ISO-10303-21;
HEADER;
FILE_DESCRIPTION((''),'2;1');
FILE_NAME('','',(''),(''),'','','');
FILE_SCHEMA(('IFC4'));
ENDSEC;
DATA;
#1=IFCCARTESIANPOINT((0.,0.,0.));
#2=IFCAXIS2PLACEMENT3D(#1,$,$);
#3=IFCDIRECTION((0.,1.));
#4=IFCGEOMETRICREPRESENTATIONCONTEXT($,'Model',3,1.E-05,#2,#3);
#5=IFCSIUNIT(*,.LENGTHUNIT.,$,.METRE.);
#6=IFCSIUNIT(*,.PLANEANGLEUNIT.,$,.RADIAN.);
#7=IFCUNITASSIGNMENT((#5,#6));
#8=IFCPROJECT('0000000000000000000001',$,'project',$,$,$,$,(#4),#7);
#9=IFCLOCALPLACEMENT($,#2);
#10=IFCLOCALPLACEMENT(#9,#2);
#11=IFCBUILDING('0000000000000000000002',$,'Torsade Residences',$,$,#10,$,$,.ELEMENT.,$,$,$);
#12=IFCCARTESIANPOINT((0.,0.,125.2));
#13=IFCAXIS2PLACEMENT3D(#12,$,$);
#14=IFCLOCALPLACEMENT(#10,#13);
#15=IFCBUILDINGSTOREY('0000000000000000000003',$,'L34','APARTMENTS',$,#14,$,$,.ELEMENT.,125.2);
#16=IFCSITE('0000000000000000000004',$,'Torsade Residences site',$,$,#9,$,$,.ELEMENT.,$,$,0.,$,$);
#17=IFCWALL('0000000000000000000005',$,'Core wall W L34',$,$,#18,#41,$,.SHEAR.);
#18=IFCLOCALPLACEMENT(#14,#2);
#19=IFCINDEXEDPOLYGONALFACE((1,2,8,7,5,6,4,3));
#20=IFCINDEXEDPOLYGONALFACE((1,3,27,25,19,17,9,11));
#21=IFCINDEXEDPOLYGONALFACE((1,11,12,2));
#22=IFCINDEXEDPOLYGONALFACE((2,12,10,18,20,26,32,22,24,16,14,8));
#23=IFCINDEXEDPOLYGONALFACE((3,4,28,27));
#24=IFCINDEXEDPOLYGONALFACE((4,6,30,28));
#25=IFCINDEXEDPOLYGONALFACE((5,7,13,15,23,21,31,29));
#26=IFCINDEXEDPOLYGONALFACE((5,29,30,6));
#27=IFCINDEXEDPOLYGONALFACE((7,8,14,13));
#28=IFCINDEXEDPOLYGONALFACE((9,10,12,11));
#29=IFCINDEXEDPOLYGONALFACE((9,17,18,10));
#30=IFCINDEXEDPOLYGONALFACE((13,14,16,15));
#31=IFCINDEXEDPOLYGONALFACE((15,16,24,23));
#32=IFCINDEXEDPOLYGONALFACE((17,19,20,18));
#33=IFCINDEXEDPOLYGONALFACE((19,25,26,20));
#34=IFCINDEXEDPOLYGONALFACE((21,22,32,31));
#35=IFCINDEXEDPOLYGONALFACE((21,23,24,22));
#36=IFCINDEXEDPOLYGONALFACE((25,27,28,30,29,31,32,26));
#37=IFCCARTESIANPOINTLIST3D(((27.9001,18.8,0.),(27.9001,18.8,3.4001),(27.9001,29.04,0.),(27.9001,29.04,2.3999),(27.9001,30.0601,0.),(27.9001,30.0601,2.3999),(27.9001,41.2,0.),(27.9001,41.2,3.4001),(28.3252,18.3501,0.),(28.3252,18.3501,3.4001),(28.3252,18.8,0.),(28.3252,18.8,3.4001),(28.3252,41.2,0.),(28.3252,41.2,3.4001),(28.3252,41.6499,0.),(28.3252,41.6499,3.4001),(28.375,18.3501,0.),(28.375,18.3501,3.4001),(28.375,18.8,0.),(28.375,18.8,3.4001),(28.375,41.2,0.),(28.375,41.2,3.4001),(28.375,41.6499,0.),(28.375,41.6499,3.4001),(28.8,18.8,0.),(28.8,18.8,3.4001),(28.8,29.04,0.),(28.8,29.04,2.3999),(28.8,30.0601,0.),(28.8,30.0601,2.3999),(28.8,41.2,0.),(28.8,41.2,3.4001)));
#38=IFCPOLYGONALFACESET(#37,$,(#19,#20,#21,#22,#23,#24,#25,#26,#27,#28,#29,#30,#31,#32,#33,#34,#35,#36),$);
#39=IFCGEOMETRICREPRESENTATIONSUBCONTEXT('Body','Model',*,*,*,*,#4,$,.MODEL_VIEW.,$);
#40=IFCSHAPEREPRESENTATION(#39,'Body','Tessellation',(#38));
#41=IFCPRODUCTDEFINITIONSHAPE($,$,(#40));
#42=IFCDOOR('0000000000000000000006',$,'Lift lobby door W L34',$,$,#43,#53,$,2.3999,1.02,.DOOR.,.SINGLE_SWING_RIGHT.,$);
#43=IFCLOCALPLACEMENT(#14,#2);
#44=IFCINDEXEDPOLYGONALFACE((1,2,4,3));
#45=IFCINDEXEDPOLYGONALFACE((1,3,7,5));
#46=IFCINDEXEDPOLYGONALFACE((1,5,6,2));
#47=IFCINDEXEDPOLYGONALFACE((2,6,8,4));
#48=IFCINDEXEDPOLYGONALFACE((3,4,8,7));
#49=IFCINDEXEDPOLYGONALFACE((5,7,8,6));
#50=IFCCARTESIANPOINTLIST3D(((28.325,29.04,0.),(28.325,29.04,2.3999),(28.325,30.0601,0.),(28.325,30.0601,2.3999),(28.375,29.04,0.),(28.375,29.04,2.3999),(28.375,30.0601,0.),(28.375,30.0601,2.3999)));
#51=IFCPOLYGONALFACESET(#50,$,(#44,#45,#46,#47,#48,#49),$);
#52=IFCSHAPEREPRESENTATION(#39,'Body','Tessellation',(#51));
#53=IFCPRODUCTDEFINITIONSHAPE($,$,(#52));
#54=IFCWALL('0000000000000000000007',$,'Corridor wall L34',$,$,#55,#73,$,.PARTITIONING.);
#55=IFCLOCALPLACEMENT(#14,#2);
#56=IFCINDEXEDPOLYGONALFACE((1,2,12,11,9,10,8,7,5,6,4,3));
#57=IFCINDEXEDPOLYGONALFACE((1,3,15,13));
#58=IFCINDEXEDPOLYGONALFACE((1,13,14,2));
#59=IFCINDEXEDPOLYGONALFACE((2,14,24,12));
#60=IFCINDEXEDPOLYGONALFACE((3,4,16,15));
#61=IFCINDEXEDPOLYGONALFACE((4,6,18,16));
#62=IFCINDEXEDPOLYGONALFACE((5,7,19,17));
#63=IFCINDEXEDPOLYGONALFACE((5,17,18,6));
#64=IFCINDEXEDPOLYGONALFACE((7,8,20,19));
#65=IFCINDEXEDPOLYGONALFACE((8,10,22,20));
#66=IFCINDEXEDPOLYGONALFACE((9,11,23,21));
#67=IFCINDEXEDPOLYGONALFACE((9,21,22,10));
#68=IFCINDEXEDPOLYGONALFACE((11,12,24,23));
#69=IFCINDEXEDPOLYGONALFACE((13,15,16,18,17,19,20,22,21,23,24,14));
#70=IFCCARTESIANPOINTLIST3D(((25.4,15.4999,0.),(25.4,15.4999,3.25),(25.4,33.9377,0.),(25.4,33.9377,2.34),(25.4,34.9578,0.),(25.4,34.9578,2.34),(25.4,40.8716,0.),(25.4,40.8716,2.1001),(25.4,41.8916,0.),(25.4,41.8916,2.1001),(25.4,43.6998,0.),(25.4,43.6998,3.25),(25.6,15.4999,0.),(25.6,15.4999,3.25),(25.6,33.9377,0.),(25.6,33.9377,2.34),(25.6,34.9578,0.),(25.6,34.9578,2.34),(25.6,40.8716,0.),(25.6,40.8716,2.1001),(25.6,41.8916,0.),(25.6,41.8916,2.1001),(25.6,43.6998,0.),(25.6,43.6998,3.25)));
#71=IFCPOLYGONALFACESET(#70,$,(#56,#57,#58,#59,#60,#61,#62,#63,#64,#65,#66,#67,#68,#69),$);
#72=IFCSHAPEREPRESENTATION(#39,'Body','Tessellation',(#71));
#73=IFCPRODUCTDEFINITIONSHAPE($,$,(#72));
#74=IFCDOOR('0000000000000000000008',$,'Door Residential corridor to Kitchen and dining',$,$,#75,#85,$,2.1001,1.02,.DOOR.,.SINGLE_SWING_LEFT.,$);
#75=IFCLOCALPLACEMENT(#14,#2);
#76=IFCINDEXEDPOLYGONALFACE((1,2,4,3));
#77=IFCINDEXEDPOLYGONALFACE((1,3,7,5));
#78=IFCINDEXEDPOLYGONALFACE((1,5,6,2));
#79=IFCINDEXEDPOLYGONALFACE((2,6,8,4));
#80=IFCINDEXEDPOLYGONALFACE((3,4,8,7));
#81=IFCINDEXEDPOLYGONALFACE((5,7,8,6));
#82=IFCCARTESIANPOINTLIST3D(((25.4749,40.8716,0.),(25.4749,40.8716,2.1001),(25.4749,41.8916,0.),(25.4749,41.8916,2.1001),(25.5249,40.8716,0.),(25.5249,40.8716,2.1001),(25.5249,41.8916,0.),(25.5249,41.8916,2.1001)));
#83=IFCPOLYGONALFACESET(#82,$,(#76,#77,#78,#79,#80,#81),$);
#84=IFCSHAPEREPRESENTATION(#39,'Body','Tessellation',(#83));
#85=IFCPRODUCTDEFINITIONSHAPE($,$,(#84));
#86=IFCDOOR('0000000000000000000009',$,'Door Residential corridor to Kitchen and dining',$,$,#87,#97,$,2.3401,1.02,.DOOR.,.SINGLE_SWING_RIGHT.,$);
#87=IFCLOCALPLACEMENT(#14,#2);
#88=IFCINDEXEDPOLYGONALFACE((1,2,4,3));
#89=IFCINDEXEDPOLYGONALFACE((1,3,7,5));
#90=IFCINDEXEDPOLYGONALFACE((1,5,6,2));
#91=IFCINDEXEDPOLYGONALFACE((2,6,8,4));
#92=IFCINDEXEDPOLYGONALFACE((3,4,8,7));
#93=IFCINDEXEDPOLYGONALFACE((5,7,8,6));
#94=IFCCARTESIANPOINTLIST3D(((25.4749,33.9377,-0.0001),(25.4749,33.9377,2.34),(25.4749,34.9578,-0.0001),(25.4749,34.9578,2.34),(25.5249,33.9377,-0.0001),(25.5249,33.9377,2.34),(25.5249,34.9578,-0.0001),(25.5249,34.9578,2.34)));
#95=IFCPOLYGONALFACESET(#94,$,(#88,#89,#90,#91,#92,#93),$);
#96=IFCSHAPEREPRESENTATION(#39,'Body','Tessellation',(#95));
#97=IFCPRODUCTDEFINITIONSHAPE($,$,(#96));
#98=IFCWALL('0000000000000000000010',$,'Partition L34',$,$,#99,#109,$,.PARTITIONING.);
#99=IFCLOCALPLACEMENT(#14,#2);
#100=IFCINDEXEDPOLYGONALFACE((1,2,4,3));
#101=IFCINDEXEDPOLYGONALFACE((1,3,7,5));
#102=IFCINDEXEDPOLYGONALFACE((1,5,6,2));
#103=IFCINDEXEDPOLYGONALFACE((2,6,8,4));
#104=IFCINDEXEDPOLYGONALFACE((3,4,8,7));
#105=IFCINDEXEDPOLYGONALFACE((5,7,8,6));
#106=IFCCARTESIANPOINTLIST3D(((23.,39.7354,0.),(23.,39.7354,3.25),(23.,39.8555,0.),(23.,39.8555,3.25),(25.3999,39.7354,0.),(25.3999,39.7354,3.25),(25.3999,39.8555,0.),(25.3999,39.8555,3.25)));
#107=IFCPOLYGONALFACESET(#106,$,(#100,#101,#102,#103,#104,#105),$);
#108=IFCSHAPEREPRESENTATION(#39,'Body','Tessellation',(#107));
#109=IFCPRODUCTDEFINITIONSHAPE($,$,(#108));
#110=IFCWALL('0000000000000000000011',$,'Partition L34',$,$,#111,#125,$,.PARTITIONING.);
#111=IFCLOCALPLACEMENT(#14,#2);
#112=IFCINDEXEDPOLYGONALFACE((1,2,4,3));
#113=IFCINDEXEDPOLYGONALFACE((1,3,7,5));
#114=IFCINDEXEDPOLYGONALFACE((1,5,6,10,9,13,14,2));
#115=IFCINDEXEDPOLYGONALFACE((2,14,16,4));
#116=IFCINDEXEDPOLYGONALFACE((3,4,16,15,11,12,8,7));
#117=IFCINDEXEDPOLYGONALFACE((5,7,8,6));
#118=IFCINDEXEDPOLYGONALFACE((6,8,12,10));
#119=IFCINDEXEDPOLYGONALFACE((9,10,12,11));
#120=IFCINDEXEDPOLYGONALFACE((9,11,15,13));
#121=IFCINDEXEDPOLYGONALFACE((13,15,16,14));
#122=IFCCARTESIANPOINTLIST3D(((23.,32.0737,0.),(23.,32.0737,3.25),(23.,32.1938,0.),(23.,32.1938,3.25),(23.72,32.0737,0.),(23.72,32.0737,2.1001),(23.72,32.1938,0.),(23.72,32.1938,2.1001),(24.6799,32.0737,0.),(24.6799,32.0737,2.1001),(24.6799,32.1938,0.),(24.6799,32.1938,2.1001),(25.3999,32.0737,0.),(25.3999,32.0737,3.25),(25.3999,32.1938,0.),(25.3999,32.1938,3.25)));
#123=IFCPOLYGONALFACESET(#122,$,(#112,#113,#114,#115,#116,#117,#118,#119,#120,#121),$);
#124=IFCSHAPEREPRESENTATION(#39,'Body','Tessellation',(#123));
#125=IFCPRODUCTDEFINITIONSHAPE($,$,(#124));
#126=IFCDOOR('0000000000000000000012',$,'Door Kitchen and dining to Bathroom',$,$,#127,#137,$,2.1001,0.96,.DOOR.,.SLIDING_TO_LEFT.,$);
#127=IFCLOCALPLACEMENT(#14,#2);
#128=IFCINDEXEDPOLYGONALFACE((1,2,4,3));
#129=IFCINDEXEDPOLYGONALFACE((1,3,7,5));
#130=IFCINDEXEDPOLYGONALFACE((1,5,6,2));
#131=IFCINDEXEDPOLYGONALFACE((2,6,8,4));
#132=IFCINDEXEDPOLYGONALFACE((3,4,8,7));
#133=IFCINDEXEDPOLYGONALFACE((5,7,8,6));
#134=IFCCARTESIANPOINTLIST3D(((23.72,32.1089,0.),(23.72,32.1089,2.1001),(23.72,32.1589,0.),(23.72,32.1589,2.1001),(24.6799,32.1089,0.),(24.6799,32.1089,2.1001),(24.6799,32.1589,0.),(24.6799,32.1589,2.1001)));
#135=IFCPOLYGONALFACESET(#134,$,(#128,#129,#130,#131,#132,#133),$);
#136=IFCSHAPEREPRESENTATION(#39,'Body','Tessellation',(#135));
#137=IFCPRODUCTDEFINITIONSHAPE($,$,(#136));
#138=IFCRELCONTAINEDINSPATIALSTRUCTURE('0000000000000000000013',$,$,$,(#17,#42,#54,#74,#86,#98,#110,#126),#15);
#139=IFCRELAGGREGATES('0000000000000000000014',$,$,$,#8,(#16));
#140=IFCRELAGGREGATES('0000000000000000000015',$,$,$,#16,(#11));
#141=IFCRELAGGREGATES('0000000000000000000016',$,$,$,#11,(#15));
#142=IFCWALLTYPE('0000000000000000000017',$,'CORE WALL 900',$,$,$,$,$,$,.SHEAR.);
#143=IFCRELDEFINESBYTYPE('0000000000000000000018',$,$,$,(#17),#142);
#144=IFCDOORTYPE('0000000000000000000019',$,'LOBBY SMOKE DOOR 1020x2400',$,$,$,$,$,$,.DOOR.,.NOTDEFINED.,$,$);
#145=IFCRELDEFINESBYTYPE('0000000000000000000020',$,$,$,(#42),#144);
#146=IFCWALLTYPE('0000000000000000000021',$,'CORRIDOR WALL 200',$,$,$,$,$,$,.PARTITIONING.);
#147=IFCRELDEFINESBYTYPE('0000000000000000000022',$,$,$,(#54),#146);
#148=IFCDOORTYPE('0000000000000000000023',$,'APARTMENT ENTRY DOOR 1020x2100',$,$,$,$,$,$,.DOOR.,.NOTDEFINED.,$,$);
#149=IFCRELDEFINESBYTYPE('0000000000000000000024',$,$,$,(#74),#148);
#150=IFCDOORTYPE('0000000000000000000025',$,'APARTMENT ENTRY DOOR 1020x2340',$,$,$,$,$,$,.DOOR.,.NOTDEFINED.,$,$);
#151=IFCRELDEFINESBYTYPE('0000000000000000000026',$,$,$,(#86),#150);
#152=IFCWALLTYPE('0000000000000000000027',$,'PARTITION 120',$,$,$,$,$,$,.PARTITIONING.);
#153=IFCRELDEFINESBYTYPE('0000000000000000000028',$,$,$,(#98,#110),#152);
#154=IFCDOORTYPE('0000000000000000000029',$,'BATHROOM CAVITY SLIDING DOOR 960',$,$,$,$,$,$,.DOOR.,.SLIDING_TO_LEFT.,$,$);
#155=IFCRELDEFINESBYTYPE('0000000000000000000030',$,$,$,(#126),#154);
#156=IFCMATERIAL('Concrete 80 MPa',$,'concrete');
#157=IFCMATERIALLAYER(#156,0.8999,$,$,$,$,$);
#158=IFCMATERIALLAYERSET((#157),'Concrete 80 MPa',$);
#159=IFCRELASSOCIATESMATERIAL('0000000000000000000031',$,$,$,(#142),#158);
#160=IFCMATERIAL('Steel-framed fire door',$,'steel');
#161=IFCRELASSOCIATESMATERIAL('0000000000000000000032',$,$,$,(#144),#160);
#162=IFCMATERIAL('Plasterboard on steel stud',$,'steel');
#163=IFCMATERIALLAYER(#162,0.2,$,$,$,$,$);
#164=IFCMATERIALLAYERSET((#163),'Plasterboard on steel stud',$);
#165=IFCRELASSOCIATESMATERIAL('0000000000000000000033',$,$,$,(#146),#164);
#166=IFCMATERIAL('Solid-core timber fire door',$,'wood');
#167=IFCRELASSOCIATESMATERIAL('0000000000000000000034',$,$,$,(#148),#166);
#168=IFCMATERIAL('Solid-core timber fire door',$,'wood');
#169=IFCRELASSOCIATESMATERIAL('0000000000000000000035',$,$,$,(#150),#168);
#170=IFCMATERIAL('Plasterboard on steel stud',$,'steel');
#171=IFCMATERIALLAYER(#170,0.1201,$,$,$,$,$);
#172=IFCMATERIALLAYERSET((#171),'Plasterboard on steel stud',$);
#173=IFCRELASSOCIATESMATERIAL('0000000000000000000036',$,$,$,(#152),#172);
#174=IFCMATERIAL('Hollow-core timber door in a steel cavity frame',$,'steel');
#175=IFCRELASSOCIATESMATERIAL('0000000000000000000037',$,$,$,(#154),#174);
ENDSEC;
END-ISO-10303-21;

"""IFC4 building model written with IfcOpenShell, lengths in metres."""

from ifc_helpers import new_model, si_unit, direction, frame, frame_2d, origin, place, context, subcontext, project, spatial, polyline, rectangle, outline, extrude, material, layer, layer_set, type_object, element, fill, save


model = new_model("IFC4")

# Units and contexts
model_context = context("Model", 3, precision=1e-05, world=origin(), true_north=direction((0.0, 1.0)))
body_context = subcontext(model_context, "Body", "Model", "MODEL_VIEW")
ifc_project = project(units=[si_unit("LENGTHUNIT", "METRE"), si_unit("PLANEANGLEUNIT", "RADIAN")], contexts=[model_context])

# Site, building, storey
site_placement = place(None, origin())
site = spatial("IfcSite", under=ifc_project, at=site_placement, Name="Torsade Residences site", CompositionType="ELEMENT", RefElevation=0.0)
building_placement = place(site_placement, origin())
building = spatial("IfcBuilding", under=site, at=building_placement, Name="Torsade Residences", CompositionType="ELEMENT")
storey_placement = place(building_placement, frame((0.0, 0.0, 125.2)))
storey = spatial("IfcBuildingStorey", under=building, at=storey_placement, Name="L34", Description="APARTMENTS", CompositionType="ELEMENT", Elevation=125.2)

# Shared definitions
ifc_material_1 = material(Name="Concrete 80 MPa", Category="concrete")
ifc_layer_1 = layer(ifc_material_1, 0.8999)
ifc_layer_set_1 = layer_set([ifc_layer_1], Name="Concrete 80 MPa")
wall_type_1 = type_object("IfcWallType", Name="CORE WALL 900", PredefinedType="SHEAR", material=ifc_layer_set_1)

# Wall, opening, door
wall_1_placement = place(storey_placement, frame((28.3501, 41.2, 0.0), z_axis=(0.0, 0.0, 1.0), x_axis=(0.0, -1.0, 0.0)))
wall_1 = element("IfcWall", 1, at=wall_1_placement, inside=storey, type_object=wall_type_1, Name="Core wall W L34", PredefinedType="SHEAR", context=body_context, shape_type="SweptSolid", body=[
    extrude(outline(polyline([(0.0, -0.45), (22.3999, -0.45), (22.3999, -0.0249), (22.8499, -0.0249), (22.8499, 0.0249), (22.3999, 0.0249), (22.3999, 0.45), (0.0, 0.45), (0.0, 0.0249), (-0.45, 0.0249), (-0.45, -0.0249), (0.0, -0.0249), (0.0, -0.45)])), origin(), (0.0, 0.0, 1.0), 3.4001),
])
opening_1_placement = place(wall_1_placement, frame((11.1399, 0.0, 0.0)))
opening_1 = element("IfcOpeningElement", 2, at=opening_1_placement, cuts=wall_1, PredefinedType="OPENING", context=body_context, shape_type="SweptSolid", body=[
    extrude(rectangle(XDim=1.02, YDim=2.3999, at=frame_2d((0.51, 1.2))), frame((0.0, 0.46, 0.0), z_axis=(0.0, -1.0, 0.0), x_axis=(1.0, 0.0, 0.0)), (0.0, 0.0, 1.0), 0.9199),
])
ifc_material_2 = material(Name="Steel-framed fire door", Category="steel")
door_type_1 = type_object("IfcDoorType", Name="LOBBY SMOKE DOOR 1020x2400", OperationType="NOTDEFINED", PredefinedType="DOOR", material=ifc_material_2)
door_1_placement = place(opening_1_placement, origin())
door_1 = element("IfcDoor", 3, at=door_1_placement, inside=storey, type_object=door_type_1, Name="Lift lobby door W L34", OperationType="SINGLE_SWING_RIGHT", OverallHeight=2.3999, OverallWidth=1.02, PredefinedType="DOOR", context=body_context, shape_type="SweptSolid", body=[
    extrude(rectangle(XDim=1.02, YDim=2.3999, at=frame_2d((0.51, 1.2))), frame((0.0, 0.0249, 0.0), z_axis=(0.0, -1.0, 0.0), x_axis=(1.0, 0.0, 0.0)), (0.0, 0.0, 1.0), 0.05),
])
fill(opening_1, door_1)

# Wall, openings, doors
ifc_material_3 = material(Name="Plasterboard on steel stud", Category="steel")
ifc_layer_2 = layer(ifc_material_3, 0.2)
ifc_layer_set_2 = layer_set([ifc_layer_2], Name="Plasterboard on steel stud")
wall_type_2 = type_object("IfcWallType", Name="CORRIDOR WALL 200", PredefinedType="PARTITIONING", material=ifc_layer_set_2)
wall_2_placement = place(storey_placement, frame((25.5, 43.7, 0.0), z_axis=(0.0, 0.0, 1.0), x_axis=(0.0, -1.0, 0.0)))
wall_2 = element("IfcWall", 4, at=wall_2_placement, inside=storey, type_object=wall_type_2, Name="Corridor wall L34", PredefinedType="PARTITIONING", context=body_context, shape_type="SweptSolid", body=[
    extrude(rectangle(XDim=28.2, YDim=0.2, at=frame_2d((14.1001, 0.0))), origin(), (0.0, 0.0, 1.0), 3.25),
])
opening_2_placement = place(wall_2_placement, frame((8.7422, 0.0, 0.0)))
opening_2 = element("IfcOpeningElement", 5, at=opening_2_placement, cuts=wall_2, PredefinedType="OPENING", context=body_context, shape_type="SweptSolid", body=[
    extrude(rectangle(XDim=1.02, YDim=2.3401, at=frame_2d((0.51, 1.1699))), frame((0.0, 0.1099, 0.0), z_axis=(0.0, -1.0, 0.0), x_axis=(1.0, 0.0, 0.0)), (0.0, 0.0, 1.0), 0.22),
])
opening_3_placement = place(wall_2_placement, frame((1.8083, 0.0, 0.0)))
opening_3 = element("IfcOpeningElement", 6, at=opening_3_placement, cuts=wall_2, PredefinedType="OPENING", context=body_context, shape_type="SweptSolid", body=[
    extrude(rectangle(XDim=1.02, YDim=2.1001, at=frame_2d((0.51, 1.05))), frame((0.0, 0.1099, 0.0), z_axis=(0.0, -1.0, 0.0), x_axis=(1.0, 0.0, 0.0)), (0.0, 0.0, 1.0), 0.22),
])
ifc_material_4 = material(Name="Solid-core timber fire door", Category="wood")
door_type_2 = type_object("IfcDoorType", Name="APARTMENT ENTRY DOOR 1020x2100", OperationType="NOTDEFINED", PredefinedType="DOOR", material=ifc_material_4)
door_2_placement = place(opening_3_placement, origin())
door_2 = element("IfcDoor", 7, at=door_2_placement, inside=storey, type_object=door_type_2, Name="Door Residential corridor to Kitchen and dining", OperationType="SINGLE_SWING_LEFT", OverallHeight=2.1001, OverallWidth=1.02, PredefinedType="DOOR", context=body_context, shape_type="SweptSolid", body=[
    extrude(rectangle(XDim=1.02, YDim=2.1001, at=frame_2d((0.51, 1.05))), frame((0.0, 0.0249, 0.0), z_axis=(0.0, -1.0, 0.0), x_axis=(1.0, 0.0, 0.0)), (0.0, 0.0, 1.0), 0.05),
])
fill(opening_3, door_2)
ifc_material_5 = material(Name="Solid-core timber fire door", Category="wood")
door_type_3 = type_object("IfcDoorType", Name="APARTMENT ENTRY DOOR 1020x2340", OperationType="NOTDEFINED", PredefinedType="DOOR", material=ifc_material_5)
door_3_placement = place(opening_2_placement, origin())
door_3 = element("IfcDoor", 8, at=door_3_placement, inside=storey, type_object=door_type_3, Name="Door Residential corridor to Kitchen and dining", OperationType="SINGLE_SWING_RIGHT", OverallHeight=2.3401, OverallWidth=1.02, PredefinedType="DOOR", context=body_context, shape_type="SweptSolid", body=[
    extrude(rectangle(XDim=1.02, YDim=2.3401, at=frame_2d((0.51, 1.1699))), frame((0.0, 0.0249, 0.0), z_axis=(0.0, -1.0, 0.0), x_axis=(1.0, 0.0, 0.0)), (0.0, 0.0, 1.0), 0.05),
])
fill(opening_2, door_3)

# Wall
ifc_material_6 = material(Name="Plasterboard on steel stud", Category="steel")
ifc_layer_3 = layer(ifc_material_6, 0.1201)
ifc_layer_set_3 = layer_set([ifc_layer_3], Name="Plasterboard on steel stud")
wall_type_3 = type_object("IfcWallType", Name="PARTITION 120", PredefinedType="PARTITIONING", material=ifc_layer_set_3)
wall_3_placement = place(storey_placement, frame((25.3999, 39.7954, 0.0), z_axis=(0.0, 0.0, 1.0), x_axis=(-1.0, 0.0, 0.0)))
element("IfcWall", 9, at=wall_3_placement, inside=storey, type_object=wall_type_3, Name="Partition L34", PredefinedType="PARTITIONING", context=body_context, shape_type="SweptSolid", body=[
    extrude(rectangle(XDim=2.3999, YDim=0.1201, at=frame_2d((1.2, 0.0))), origin(), (0.0, 0.0, 1.0), 3.25),
])

# Wall, opening, door
wall_4_placement = place(storey_placement, frame((25.3999, 32.1338, 0.0), z_axis=(0.0, 0.0, 1.0), x_axis=(-1.0, 0.0, 0.0)))
wall_4 = element("IfcWall", 10, at=wall_4_placement, inside=storey, type_object=wall_type_3, Name="Partition L34", PredefinedType="PARTITIONING", context=body_context, shape_type="SweptSolid", body=[
    extrude(rectangle(XDim=2.3999, YDim=0.1201, at=frame_2d((1.2, 0.0))), origin(), (0.0, 0.0, 1.0), 3.25),
])
opening_4_placement = place(wall_4_placement, frame((0.72, 0.0, 0.0)))
opening_4 = element("IfcOpeningElement", 11, at=opening_4_placement, cuts=wall_4, PredefinedType="OPENING", context=body_context, shape_type="SweptSolid", body=[
    extrude(rectangle(XDim=0.96, YDim=2.1001, at=frame_2d((0.48, 1.05))), frame((0.0, 0.0701, 0.0), z_axis=(0.0, -1.0, 0.0), x_axis=(1.0, 0.0, 0.0)), (0.0, 0.0, 1.0), 0.1401),
])
ifc_material_7 = material(Name="Hollow-core timber door in a steel cavity frame", Category="steel")
door_type_4 = type_object("IfcDoorType", Name="BATHROOM CAVITY SLIDING DOOR 960", OperationType="SLIDING_TO_LEFT", PredefinedType="DOOR", material=ifc_material_7)
door_4_placement = place(opening_4_placement, origin())
door_4 = element("IfcDoor", 12, at=door_4_placement, inside=storey, type_object=door_type_4, Name="Door Kitchen and dining to Bathroom", OperationType="SLIDING_TO_LEFT", OverallHeight=2.1001, OverallWidth=0.96, PredefinedType="DOOR", context=body_context, shape_type="SweptSolid", body=[
    extrude(rectangle(XDim=0.96, YDim=2.1001, at=frame_2d((0.48, 1.05))), frame((0.0, 0.0249, 0.0), z_axis=(0.0, -1.0, 0.0), x_axis=(1.0, 0.0, 0.0)), (0.0, 0.0, 1.0), 0.05),
])
fill(opening_4, door_4)

save(model, "model.ifc")
